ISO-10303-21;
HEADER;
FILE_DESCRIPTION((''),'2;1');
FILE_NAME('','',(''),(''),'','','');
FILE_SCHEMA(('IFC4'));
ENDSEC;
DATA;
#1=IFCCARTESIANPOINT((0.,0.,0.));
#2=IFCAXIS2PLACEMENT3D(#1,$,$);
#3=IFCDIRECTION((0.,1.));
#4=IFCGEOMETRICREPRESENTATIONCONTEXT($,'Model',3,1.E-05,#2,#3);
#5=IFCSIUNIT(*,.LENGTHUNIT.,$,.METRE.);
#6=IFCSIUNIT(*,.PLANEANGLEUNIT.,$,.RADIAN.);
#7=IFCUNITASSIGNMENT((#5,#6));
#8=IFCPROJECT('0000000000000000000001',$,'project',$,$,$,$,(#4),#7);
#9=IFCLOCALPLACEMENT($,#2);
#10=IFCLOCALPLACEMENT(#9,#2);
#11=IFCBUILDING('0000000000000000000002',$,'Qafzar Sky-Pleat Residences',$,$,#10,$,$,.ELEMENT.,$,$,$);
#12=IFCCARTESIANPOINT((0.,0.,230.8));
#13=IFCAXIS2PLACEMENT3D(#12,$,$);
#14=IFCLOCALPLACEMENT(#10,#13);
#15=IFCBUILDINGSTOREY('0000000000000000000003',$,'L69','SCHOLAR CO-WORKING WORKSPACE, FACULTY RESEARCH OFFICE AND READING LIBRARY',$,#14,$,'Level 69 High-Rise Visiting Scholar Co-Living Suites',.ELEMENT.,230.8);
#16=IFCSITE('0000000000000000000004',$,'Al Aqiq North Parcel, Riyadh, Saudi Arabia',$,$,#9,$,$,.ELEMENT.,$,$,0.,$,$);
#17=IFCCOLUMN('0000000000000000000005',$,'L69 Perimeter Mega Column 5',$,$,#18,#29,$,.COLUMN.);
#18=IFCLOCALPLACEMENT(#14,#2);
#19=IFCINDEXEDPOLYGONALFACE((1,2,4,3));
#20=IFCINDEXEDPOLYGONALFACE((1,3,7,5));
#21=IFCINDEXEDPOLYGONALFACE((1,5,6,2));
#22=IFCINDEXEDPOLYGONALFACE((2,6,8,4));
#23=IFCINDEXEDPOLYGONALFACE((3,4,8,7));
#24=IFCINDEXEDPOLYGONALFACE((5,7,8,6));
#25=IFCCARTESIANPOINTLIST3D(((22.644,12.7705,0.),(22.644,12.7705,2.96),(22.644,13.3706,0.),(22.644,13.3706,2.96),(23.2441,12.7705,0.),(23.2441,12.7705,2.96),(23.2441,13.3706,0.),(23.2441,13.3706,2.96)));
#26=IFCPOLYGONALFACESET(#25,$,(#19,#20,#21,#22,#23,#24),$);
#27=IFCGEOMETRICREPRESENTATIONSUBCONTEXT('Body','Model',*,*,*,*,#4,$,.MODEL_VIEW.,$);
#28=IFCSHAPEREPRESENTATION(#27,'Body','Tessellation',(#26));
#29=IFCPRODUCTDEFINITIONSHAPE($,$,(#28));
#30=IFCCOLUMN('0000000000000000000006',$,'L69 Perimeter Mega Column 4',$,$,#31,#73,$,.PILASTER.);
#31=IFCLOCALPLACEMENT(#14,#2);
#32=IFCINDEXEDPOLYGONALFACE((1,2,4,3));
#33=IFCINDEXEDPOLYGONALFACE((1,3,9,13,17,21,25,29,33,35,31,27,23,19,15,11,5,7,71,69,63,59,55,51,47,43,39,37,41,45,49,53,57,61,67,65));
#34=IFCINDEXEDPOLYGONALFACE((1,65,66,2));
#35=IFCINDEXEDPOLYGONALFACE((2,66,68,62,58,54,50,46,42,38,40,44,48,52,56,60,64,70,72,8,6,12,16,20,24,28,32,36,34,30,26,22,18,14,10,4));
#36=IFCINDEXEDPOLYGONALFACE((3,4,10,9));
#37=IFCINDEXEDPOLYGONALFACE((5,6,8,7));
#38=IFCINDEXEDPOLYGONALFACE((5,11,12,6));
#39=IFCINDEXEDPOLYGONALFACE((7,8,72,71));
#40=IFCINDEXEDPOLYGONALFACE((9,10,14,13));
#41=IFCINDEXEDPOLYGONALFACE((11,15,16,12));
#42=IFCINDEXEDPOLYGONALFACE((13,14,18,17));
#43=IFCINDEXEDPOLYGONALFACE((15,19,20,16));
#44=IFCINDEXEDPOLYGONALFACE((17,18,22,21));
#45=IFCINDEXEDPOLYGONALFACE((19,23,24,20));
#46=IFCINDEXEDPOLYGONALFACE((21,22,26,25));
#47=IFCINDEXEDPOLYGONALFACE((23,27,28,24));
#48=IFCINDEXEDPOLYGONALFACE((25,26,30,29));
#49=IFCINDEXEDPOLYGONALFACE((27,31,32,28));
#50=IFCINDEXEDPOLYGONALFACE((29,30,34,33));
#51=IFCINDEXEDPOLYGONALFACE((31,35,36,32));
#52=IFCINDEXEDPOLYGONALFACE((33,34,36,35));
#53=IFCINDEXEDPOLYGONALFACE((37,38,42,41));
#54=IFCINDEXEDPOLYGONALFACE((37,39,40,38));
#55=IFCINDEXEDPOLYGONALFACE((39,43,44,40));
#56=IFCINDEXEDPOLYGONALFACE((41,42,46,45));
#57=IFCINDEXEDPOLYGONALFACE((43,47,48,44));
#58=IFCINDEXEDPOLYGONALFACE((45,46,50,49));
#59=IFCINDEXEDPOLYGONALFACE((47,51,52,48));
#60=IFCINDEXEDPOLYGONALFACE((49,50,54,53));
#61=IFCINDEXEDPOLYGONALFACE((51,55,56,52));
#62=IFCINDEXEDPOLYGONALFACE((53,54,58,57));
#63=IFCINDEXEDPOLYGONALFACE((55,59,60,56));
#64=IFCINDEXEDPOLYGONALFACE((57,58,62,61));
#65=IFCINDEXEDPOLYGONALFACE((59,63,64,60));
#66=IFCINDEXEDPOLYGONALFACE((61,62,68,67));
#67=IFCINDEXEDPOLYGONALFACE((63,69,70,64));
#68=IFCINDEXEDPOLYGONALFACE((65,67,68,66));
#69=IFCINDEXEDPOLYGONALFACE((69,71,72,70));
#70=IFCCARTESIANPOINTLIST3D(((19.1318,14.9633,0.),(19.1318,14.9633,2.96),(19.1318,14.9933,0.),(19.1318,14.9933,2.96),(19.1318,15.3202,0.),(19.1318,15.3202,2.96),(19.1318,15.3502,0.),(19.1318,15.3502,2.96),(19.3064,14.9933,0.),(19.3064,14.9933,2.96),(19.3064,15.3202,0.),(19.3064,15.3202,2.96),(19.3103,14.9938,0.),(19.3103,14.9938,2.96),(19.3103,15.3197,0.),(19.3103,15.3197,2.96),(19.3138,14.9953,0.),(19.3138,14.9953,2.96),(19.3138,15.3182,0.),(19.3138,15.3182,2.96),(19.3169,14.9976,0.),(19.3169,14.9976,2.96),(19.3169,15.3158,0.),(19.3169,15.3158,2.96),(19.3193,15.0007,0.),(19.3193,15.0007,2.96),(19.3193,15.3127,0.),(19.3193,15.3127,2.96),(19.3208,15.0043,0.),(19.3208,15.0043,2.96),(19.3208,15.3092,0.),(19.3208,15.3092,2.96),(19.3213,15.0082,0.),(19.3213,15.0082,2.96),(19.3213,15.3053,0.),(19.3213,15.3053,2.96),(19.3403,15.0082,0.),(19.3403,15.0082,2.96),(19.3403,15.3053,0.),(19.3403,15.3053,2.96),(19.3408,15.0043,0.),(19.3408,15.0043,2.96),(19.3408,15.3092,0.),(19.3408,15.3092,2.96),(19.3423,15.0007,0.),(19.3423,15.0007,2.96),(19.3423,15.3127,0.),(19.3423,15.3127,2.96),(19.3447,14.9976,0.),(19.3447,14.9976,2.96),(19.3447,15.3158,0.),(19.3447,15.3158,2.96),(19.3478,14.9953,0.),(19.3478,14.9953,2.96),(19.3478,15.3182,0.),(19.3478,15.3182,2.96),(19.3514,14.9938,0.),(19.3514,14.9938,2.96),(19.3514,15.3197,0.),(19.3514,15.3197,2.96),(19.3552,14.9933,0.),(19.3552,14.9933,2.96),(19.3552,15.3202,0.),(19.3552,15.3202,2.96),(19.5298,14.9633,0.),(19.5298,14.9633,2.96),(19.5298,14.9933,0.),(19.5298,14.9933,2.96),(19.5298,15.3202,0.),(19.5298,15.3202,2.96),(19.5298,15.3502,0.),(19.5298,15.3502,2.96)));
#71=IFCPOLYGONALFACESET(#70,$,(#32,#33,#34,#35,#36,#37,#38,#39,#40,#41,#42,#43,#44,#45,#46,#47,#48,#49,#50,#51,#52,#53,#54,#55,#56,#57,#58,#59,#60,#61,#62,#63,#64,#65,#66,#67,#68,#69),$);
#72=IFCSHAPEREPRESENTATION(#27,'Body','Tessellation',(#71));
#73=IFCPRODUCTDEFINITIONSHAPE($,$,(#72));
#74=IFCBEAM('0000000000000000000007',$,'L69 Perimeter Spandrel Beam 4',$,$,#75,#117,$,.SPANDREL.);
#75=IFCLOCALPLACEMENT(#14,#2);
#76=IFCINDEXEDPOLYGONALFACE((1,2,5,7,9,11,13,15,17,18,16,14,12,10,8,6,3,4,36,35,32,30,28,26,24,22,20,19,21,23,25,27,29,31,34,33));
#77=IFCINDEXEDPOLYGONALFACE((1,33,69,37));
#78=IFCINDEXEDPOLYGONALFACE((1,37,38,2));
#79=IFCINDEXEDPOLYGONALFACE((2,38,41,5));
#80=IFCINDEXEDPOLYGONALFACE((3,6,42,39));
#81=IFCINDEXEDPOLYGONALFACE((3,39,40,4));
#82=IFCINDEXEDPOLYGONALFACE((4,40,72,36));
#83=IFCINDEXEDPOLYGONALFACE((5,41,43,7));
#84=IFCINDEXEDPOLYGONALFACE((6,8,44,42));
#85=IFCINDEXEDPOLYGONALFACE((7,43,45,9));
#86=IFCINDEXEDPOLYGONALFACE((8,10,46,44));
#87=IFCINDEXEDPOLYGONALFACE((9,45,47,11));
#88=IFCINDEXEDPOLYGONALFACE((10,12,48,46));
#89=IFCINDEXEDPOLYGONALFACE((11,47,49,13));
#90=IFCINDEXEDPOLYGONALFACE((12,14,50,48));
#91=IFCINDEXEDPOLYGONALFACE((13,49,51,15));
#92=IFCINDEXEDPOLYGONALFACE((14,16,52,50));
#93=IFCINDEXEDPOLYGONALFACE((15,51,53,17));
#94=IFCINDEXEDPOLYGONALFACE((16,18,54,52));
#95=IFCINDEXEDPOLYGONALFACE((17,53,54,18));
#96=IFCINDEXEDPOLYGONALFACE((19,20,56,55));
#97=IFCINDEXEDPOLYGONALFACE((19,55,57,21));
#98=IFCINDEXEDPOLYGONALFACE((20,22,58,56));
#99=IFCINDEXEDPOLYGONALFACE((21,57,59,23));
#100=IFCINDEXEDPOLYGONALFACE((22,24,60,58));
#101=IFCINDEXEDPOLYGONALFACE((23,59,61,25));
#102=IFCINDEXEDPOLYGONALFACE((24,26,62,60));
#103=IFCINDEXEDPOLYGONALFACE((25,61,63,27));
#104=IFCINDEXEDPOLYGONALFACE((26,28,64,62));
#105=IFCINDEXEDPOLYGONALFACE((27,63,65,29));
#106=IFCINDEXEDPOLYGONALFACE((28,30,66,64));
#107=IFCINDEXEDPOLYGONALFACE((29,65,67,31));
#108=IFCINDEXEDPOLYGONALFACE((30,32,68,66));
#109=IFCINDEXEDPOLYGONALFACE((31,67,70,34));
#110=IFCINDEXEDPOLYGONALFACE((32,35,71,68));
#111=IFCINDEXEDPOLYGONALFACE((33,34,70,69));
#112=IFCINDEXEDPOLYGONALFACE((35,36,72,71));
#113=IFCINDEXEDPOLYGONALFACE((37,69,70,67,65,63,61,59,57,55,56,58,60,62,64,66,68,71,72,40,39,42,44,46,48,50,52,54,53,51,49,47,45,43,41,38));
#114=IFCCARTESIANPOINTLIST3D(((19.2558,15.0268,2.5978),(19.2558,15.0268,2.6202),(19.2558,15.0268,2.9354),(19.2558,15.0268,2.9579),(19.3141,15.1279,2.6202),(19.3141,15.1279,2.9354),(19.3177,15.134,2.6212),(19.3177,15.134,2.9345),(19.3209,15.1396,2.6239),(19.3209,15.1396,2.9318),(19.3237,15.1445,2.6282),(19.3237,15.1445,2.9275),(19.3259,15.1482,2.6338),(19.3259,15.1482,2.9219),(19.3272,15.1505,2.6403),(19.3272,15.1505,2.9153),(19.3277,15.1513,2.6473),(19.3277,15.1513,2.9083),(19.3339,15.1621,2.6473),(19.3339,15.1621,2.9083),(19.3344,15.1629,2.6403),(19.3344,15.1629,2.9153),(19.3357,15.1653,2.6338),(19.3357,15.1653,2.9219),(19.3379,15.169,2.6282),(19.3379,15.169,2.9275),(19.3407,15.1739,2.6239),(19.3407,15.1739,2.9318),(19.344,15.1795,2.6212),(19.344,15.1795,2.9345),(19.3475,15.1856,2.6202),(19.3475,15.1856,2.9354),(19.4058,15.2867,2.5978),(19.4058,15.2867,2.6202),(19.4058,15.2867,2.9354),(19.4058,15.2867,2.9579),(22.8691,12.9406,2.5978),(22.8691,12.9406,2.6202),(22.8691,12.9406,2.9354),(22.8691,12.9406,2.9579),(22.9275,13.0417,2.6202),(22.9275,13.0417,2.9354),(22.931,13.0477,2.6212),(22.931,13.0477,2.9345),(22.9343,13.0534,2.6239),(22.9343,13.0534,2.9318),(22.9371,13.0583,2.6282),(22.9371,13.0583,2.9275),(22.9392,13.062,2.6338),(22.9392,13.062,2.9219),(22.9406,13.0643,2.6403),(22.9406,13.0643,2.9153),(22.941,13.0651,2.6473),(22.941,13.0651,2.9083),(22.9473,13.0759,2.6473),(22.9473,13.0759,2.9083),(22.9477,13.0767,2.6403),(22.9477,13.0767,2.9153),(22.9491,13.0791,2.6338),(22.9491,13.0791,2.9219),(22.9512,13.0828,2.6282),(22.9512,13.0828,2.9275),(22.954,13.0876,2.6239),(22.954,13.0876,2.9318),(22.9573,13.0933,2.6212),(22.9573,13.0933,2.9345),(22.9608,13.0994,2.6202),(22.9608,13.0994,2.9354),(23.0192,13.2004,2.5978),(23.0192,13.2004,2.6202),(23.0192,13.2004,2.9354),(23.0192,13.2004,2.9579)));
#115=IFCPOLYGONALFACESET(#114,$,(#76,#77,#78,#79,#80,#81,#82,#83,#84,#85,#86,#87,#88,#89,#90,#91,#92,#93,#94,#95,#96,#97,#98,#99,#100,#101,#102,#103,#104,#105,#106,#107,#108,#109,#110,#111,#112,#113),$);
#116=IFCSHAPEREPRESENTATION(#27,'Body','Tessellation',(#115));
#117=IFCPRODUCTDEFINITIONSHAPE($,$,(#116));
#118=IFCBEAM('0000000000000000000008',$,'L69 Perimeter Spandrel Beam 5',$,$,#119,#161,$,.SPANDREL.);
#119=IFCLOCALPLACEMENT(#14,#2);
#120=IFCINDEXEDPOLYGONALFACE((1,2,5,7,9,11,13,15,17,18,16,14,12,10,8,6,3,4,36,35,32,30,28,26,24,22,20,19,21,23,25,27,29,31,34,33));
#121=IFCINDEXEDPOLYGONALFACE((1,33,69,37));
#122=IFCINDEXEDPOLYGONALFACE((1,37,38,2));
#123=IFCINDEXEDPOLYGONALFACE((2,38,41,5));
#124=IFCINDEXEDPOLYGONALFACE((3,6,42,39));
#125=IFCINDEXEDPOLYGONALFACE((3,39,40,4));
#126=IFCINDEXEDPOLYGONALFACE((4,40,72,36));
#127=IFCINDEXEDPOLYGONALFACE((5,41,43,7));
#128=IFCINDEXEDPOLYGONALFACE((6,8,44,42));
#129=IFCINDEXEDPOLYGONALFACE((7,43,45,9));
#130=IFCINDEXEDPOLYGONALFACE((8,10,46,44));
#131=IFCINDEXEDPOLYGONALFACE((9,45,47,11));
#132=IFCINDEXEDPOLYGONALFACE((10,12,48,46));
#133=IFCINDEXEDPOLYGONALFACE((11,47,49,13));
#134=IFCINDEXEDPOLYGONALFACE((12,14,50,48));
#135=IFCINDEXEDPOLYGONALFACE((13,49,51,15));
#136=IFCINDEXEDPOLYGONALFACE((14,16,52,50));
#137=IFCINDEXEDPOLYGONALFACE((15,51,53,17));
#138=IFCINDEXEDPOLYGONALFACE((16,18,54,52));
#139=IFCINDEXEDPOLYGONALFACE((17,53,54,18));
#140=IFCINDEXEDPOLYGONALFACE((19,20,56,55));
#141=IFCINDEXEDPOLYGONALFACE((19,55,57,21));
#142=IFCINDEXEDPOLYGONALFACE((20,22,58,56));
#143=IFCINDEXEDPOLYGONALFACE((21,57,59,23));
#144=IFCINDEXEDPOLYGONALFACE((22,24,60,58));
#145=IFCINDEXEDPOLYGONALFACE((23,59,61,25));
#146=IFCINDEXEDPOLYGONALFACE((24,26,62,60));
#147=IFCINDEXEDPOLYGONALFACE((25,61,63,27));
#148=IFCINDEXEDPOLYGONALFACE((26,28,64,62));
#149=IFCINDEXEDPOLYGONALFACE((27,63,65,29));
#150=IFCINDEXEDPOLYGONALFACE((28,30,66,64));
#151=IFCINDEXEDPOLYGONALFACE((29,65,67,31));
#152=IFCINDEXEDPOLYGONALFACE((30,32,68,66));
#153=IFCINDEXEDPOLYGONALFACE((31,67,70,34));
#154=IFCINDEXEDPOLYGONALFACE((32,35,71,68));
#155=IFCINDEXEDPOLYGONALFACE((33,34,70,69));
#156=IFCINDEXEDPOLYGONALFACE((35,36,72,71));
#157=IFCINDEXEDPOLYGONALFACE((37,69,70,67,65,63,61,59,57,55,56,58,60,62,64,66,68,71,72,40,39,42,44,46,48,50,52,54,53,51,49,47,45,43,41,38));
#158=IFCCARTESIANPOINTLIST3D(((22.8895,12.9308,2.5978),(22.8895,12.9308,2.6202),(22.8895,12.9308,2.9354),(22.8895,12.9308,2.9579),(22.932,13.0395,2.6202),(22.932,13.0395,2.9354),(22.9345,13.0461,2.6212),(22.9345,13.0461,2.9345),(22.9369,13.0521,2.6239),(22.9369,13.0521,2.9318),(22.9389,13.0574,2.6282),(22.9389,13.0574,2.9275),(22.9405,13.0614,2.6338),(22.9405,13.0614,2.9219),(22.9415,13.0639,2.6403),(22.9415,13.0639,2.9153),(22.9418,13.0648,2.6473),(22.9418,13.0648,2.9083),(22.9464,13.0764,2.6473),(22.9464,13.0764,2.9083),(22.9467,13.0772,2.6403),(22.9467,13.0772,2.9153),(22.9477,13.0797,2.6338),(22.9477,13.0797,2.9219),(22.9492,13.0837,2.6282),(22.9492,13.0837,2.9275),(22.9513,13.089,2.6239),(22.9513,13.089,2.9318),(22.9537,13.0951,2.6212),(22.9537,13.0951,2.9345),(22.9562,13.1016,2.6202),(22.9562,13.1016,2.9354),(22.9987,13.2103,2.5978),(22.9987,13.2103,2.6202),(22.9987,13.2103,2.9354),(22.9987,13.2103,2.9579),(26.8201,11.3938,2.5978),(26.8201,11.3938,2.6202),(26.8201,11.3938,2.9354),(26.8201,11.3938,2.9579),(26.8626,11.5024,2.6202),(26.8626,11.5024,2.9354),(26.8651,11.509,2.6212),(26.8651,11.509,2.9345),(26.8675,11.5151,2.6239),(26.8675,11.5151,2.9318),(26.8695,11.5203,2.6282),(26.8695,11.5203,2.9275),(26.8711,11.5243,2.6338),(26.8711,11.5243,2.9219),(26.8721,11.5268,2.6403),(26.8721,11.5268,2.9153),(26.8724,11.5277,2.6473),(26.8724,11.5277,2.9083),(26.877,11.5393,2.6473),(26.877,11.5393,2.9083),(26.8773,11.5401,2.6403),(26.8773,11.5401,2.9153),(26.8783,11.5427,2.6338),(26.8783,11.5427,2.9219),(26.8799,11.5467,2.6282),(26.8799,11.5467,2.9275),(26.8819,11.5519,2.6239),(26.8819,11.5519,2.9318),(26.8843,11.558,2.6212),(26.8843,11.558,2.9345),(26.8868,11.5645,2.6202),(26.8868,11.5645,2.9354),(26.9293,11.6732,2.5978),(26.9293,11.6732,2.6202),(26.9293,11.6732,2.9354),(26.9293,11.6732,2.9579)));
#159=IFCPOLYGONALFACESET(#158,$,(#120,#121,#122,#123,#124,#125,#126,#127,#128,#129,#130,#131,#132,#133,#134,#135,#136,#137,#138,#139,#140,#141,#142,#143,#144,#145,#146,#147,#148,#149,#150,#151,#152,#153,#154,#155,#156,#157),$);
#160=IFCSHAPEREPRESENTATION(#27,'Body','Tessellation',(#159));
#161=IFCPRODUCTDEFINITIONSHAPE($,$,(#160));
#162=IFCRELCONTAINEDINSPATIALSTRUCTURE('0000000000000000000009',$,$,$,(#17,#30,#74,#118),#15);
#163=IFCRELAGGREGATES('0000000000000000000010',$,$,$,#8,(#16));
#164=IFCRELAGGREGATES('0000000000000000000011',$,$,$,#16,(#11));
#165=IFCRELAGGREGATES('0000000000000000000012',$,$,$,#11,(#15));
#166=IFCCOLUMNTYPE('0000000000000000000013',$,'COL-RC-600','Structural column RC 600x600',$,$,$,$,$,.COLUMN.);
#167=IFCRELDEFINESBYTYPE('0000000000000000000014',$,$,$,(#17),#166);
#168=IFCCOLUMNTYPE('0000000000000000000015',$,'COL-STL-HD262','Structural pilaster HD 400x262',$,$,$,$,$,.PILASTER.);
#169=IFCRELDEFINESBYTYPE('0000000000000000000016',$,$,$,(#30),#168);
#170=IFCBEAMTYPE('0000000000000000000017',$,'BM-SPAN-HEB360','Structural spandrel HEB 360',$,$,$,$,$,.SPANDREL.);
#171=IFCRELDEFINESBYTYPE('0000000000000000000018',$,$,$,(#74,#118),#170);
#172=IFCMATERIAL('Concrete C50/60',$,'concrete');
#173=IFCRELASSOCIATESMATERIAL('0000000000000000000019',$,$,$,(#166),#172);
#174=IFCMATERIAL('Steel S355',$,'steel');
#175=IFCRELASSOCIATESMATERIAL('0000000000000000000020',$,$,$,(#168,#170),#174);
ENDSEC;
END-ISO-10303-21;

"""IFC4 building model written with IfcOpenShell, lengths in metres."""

from ifc_helpers import new_model, si_unit, direction, frame, origin, origin_2d, place, context, subcontext, project, spatial, rectangle, i_section, extrude, source, transform, mapped, material, material_profile, profile_set, type_object, element, save


model = new_model("IFC4")

# Units and contexts
model_context = context("Model", 3, precision=1e-05, world=origin(), true_north=direction((0.0, 1.0)))
body_context = subcontext(model_context, "Body", "Model", "MODEL_VIEW")
ifc_project = project(units=[si_unit("LENGTHUNIT", "METRE"), si_unit("PLANEANGLEUNIT", "RADIAN")], contexts=[model_context])

# Site, building, storey
site_placement = place(None, origin())
site = spatial("IfcSite", under=ifc_project, at=site_placement, Name="Al Aqiq North Parcel, Riyadh, Saudi Arabia", CompositionType="ELEMENT", RefElevation=0.0)
building_placement = place(site_placement, origin())
building = spatial("IfcBuilding", under=site, at=building_placement, Name="Qafzar Sky-Pleat Residences", CompositionType="ELEMENT")
storey_placement = place(building_placement, frame((0.0, 0.0, 230.8)))
storey = spatial("IfcBuildingStorey", under=building, at=storey_placement, Name="L69", Description="SCHOLAR CO-WORKING WORKSPACE, FACULTY RESEARCH OFFICE AND READING LIBRARY", LongName="Level 69 High-Rise Visiting Scholar Co-Living Suites", CompositionType="ELEMENT", Elevation=230.8)

# Columns
ifc_material_1 = material(Name="Concrete C50/60", Category="concrete")
ifc_material_profile_1 = material_profile(ifc_material_1, rectangle(XDim=0.6001, YDim=0.6001, at=origin_2d()), Name="RC 600x600")
ifc_profile_set_1 = profile_set([ifc_material_profile_1], Name="Concrete C50/60")
column_type_1 = type_object("IfcColumnType", Name="COL-RC-600", Description="Structural column RC 600x600", PredefinedType="COLUMN", material=ifc_profile_set_1)
shared_shape_1 = source(origin(), body_context, "Body", "SweptSolid", [
    extrude(rectangle(XDim=0.6001, YDim=0.6001, at=origin_2d()), origin(), (0.0, 0.0, 1.0), 2.96),
])
column_1_placement = place(storey_placement, frame((22.9441, 13.0706, 0.0), z_axis=(0.0, 0.0, 1.0), x_axis=(1.0, 0.0, 0.0)))
element("IfcColumn", 1, at=column_1_placement, inside=storey, type_object=column_type_1, Name="L69 Perimeter Mega Column 5", PredefinedType="COLUMN", context=body_context, shape_type="MappedRepresentation", body=[
    mapped(shared_shape_1, transform((0.0, 0.0, 0.0), x_axis=(1.0, 0.0, 0.0), y_axis=(0.0, 1.0, 0.0), z_axis=(0.0, 0.0, 1.0), scale=1.0)),
])
ifc_material_2 = material(Name="Steel S355", Category="steel")
ifc_material_profile_2 = material_profile(ifc_material_2, i_section(OverallWidth=0.3979, OverallDepth=0.387, WebThickness=0.019, FlangeThickness=0.03, FilletRadius=0.0149, at=origin_2d()), Name="HD 400x262")
ifc_profile_set_2 = profile_set([ifc_material_profile_2], Name="Steel S355")
column_type_2 = type_object("IfcColumnType", Name="COL-STL-HD262", Description="Structural pilaster HD 400x262", PredefinedType="PILASTER", material=ifc_profile_set_2)
shared_shape_2 = source(origin(), body_context, "Body", "SweptSolid", [
    extrude(i_section(OverallWidth=0.3979, OverallDepth=0.387, WebThickness=0.019, FlangeThickness=0.03, FilletRadius=0.0149, at=origin_2d()), origin(), (0.0, 0.0, 1.0), 2.96),
])
column_2_placement = place(storey_placement, frame((19.3308, 15.1567, 0.0), z_axis=(0.0, 0.0, 1.0), x_axis=(1.0, 0.0, 0.0)))
element("IfcColumn", 2, at=column_2_placement, inside=storey, type_object=column_type_2, Name="L69 Perimeter Mega Column 4", PredefinedType="PILASTER", context=body_context, shape_type="MappedRepresentation", body=[
    mapped(shared_shape_2, transform((0.0, 0.0, 0.0), x_axis=(1.0, 0.0, 0.0), y_axis=(0.0, 1.0, 0.0), z_axis=(0.0, 0.0, 1.0), scale=1.0)),
])

# Beams
ifc_material_profile_3 = material_profile(ifc_material_2, i_section(OverallWidth=0.3, OverallDepth=0.3601, WebThickness=0.0125, FlangeThickness=0.0225, FilletRadius=0.0271, at=origin_2d()), Name="HEB 360")
ifc_profile_set_3 = profile_set([ifc_material_profile_3], Name="Steel S355")
beam_type_1 = type_object("IfcBeamType", Name="BM-SPAN-HEB360", Description="Structural spandrel HEB 360", PredefinedType="SPANDREL", material=ifc_profile_set_3)
shared_shape_3 = source(origin(), body_context, "Body", "SweptSolid", [
    extrude(i_section(OverallWidth=0.3, OverallDepth=0.3601, WebThickness=0.0125, FlangeThickness=0.0225, FilletRadius=0.0271, at=origin_2d()), origin(), (0.0, 0.0, 1.0), 4.1724),
])
beam_1_placement = place(storey_placement, frame((19.3308, 15.1567, 2.7778), z_axis=(0.86602, -0.500009, 0.0), x_axis=(0.500009, 0.86602, 0.0)))
element("IfcBeam", 3, at=beam_1_placement, inside=storey, type_object=beam_type_1, Name="L69 Perimeter Spandrel Beam 4", PredefinedType="SPANDREL", context=body_context, shape_type="MappedRepresentation", body=[
    mapped(shared_shape_3, transform((0.0, 0.0, 0.0), x_axis=(1.0, 0.0, 0.0), y_axis=(0.0, 1.0, 0.0), z_axis=(0.0, 0.0, 1.0), scale=1.0)),
])
shared_shape_4 = source(origin(), body_context, "Body", "SweptSolid", [
    extrude(i_section(OverallWidth=0.3, OverallDepth=0.3601, WebThickness=0.0125, FlangeThickness=0.0225, FilletRadius=0.0271, at=origin_2d()), origin(), (0.0, 0.0, 1.0), 4.2205),
])
beam_2_placement = place(storey_placement, frame((22.9441, 13.0706, 2.7778), z_axis=(0.931321, -0.364199, 0.0), x_axis=(0.364199, 0.931321, 0.0)))
element("IfcBeam", 4, at=beam_2_placement, inside=storey, type_object=beam_type_1, Name="L69 Perimeter Spandrel Beam 5", PredefinedType="SPANDREL", context=body_context, shape_type="MappedRepresentation", body=[
    mapped(shared_shape_4, transform((0.0, 0.0, 0.0), x_axis=(1.0, 0.0, 0.0), y_axis=(0.0, 1.0, 0.0), z_axis=(0.0, 0.0, 1.0), scale=1.0)),
])

save(model, "model.ifc")
